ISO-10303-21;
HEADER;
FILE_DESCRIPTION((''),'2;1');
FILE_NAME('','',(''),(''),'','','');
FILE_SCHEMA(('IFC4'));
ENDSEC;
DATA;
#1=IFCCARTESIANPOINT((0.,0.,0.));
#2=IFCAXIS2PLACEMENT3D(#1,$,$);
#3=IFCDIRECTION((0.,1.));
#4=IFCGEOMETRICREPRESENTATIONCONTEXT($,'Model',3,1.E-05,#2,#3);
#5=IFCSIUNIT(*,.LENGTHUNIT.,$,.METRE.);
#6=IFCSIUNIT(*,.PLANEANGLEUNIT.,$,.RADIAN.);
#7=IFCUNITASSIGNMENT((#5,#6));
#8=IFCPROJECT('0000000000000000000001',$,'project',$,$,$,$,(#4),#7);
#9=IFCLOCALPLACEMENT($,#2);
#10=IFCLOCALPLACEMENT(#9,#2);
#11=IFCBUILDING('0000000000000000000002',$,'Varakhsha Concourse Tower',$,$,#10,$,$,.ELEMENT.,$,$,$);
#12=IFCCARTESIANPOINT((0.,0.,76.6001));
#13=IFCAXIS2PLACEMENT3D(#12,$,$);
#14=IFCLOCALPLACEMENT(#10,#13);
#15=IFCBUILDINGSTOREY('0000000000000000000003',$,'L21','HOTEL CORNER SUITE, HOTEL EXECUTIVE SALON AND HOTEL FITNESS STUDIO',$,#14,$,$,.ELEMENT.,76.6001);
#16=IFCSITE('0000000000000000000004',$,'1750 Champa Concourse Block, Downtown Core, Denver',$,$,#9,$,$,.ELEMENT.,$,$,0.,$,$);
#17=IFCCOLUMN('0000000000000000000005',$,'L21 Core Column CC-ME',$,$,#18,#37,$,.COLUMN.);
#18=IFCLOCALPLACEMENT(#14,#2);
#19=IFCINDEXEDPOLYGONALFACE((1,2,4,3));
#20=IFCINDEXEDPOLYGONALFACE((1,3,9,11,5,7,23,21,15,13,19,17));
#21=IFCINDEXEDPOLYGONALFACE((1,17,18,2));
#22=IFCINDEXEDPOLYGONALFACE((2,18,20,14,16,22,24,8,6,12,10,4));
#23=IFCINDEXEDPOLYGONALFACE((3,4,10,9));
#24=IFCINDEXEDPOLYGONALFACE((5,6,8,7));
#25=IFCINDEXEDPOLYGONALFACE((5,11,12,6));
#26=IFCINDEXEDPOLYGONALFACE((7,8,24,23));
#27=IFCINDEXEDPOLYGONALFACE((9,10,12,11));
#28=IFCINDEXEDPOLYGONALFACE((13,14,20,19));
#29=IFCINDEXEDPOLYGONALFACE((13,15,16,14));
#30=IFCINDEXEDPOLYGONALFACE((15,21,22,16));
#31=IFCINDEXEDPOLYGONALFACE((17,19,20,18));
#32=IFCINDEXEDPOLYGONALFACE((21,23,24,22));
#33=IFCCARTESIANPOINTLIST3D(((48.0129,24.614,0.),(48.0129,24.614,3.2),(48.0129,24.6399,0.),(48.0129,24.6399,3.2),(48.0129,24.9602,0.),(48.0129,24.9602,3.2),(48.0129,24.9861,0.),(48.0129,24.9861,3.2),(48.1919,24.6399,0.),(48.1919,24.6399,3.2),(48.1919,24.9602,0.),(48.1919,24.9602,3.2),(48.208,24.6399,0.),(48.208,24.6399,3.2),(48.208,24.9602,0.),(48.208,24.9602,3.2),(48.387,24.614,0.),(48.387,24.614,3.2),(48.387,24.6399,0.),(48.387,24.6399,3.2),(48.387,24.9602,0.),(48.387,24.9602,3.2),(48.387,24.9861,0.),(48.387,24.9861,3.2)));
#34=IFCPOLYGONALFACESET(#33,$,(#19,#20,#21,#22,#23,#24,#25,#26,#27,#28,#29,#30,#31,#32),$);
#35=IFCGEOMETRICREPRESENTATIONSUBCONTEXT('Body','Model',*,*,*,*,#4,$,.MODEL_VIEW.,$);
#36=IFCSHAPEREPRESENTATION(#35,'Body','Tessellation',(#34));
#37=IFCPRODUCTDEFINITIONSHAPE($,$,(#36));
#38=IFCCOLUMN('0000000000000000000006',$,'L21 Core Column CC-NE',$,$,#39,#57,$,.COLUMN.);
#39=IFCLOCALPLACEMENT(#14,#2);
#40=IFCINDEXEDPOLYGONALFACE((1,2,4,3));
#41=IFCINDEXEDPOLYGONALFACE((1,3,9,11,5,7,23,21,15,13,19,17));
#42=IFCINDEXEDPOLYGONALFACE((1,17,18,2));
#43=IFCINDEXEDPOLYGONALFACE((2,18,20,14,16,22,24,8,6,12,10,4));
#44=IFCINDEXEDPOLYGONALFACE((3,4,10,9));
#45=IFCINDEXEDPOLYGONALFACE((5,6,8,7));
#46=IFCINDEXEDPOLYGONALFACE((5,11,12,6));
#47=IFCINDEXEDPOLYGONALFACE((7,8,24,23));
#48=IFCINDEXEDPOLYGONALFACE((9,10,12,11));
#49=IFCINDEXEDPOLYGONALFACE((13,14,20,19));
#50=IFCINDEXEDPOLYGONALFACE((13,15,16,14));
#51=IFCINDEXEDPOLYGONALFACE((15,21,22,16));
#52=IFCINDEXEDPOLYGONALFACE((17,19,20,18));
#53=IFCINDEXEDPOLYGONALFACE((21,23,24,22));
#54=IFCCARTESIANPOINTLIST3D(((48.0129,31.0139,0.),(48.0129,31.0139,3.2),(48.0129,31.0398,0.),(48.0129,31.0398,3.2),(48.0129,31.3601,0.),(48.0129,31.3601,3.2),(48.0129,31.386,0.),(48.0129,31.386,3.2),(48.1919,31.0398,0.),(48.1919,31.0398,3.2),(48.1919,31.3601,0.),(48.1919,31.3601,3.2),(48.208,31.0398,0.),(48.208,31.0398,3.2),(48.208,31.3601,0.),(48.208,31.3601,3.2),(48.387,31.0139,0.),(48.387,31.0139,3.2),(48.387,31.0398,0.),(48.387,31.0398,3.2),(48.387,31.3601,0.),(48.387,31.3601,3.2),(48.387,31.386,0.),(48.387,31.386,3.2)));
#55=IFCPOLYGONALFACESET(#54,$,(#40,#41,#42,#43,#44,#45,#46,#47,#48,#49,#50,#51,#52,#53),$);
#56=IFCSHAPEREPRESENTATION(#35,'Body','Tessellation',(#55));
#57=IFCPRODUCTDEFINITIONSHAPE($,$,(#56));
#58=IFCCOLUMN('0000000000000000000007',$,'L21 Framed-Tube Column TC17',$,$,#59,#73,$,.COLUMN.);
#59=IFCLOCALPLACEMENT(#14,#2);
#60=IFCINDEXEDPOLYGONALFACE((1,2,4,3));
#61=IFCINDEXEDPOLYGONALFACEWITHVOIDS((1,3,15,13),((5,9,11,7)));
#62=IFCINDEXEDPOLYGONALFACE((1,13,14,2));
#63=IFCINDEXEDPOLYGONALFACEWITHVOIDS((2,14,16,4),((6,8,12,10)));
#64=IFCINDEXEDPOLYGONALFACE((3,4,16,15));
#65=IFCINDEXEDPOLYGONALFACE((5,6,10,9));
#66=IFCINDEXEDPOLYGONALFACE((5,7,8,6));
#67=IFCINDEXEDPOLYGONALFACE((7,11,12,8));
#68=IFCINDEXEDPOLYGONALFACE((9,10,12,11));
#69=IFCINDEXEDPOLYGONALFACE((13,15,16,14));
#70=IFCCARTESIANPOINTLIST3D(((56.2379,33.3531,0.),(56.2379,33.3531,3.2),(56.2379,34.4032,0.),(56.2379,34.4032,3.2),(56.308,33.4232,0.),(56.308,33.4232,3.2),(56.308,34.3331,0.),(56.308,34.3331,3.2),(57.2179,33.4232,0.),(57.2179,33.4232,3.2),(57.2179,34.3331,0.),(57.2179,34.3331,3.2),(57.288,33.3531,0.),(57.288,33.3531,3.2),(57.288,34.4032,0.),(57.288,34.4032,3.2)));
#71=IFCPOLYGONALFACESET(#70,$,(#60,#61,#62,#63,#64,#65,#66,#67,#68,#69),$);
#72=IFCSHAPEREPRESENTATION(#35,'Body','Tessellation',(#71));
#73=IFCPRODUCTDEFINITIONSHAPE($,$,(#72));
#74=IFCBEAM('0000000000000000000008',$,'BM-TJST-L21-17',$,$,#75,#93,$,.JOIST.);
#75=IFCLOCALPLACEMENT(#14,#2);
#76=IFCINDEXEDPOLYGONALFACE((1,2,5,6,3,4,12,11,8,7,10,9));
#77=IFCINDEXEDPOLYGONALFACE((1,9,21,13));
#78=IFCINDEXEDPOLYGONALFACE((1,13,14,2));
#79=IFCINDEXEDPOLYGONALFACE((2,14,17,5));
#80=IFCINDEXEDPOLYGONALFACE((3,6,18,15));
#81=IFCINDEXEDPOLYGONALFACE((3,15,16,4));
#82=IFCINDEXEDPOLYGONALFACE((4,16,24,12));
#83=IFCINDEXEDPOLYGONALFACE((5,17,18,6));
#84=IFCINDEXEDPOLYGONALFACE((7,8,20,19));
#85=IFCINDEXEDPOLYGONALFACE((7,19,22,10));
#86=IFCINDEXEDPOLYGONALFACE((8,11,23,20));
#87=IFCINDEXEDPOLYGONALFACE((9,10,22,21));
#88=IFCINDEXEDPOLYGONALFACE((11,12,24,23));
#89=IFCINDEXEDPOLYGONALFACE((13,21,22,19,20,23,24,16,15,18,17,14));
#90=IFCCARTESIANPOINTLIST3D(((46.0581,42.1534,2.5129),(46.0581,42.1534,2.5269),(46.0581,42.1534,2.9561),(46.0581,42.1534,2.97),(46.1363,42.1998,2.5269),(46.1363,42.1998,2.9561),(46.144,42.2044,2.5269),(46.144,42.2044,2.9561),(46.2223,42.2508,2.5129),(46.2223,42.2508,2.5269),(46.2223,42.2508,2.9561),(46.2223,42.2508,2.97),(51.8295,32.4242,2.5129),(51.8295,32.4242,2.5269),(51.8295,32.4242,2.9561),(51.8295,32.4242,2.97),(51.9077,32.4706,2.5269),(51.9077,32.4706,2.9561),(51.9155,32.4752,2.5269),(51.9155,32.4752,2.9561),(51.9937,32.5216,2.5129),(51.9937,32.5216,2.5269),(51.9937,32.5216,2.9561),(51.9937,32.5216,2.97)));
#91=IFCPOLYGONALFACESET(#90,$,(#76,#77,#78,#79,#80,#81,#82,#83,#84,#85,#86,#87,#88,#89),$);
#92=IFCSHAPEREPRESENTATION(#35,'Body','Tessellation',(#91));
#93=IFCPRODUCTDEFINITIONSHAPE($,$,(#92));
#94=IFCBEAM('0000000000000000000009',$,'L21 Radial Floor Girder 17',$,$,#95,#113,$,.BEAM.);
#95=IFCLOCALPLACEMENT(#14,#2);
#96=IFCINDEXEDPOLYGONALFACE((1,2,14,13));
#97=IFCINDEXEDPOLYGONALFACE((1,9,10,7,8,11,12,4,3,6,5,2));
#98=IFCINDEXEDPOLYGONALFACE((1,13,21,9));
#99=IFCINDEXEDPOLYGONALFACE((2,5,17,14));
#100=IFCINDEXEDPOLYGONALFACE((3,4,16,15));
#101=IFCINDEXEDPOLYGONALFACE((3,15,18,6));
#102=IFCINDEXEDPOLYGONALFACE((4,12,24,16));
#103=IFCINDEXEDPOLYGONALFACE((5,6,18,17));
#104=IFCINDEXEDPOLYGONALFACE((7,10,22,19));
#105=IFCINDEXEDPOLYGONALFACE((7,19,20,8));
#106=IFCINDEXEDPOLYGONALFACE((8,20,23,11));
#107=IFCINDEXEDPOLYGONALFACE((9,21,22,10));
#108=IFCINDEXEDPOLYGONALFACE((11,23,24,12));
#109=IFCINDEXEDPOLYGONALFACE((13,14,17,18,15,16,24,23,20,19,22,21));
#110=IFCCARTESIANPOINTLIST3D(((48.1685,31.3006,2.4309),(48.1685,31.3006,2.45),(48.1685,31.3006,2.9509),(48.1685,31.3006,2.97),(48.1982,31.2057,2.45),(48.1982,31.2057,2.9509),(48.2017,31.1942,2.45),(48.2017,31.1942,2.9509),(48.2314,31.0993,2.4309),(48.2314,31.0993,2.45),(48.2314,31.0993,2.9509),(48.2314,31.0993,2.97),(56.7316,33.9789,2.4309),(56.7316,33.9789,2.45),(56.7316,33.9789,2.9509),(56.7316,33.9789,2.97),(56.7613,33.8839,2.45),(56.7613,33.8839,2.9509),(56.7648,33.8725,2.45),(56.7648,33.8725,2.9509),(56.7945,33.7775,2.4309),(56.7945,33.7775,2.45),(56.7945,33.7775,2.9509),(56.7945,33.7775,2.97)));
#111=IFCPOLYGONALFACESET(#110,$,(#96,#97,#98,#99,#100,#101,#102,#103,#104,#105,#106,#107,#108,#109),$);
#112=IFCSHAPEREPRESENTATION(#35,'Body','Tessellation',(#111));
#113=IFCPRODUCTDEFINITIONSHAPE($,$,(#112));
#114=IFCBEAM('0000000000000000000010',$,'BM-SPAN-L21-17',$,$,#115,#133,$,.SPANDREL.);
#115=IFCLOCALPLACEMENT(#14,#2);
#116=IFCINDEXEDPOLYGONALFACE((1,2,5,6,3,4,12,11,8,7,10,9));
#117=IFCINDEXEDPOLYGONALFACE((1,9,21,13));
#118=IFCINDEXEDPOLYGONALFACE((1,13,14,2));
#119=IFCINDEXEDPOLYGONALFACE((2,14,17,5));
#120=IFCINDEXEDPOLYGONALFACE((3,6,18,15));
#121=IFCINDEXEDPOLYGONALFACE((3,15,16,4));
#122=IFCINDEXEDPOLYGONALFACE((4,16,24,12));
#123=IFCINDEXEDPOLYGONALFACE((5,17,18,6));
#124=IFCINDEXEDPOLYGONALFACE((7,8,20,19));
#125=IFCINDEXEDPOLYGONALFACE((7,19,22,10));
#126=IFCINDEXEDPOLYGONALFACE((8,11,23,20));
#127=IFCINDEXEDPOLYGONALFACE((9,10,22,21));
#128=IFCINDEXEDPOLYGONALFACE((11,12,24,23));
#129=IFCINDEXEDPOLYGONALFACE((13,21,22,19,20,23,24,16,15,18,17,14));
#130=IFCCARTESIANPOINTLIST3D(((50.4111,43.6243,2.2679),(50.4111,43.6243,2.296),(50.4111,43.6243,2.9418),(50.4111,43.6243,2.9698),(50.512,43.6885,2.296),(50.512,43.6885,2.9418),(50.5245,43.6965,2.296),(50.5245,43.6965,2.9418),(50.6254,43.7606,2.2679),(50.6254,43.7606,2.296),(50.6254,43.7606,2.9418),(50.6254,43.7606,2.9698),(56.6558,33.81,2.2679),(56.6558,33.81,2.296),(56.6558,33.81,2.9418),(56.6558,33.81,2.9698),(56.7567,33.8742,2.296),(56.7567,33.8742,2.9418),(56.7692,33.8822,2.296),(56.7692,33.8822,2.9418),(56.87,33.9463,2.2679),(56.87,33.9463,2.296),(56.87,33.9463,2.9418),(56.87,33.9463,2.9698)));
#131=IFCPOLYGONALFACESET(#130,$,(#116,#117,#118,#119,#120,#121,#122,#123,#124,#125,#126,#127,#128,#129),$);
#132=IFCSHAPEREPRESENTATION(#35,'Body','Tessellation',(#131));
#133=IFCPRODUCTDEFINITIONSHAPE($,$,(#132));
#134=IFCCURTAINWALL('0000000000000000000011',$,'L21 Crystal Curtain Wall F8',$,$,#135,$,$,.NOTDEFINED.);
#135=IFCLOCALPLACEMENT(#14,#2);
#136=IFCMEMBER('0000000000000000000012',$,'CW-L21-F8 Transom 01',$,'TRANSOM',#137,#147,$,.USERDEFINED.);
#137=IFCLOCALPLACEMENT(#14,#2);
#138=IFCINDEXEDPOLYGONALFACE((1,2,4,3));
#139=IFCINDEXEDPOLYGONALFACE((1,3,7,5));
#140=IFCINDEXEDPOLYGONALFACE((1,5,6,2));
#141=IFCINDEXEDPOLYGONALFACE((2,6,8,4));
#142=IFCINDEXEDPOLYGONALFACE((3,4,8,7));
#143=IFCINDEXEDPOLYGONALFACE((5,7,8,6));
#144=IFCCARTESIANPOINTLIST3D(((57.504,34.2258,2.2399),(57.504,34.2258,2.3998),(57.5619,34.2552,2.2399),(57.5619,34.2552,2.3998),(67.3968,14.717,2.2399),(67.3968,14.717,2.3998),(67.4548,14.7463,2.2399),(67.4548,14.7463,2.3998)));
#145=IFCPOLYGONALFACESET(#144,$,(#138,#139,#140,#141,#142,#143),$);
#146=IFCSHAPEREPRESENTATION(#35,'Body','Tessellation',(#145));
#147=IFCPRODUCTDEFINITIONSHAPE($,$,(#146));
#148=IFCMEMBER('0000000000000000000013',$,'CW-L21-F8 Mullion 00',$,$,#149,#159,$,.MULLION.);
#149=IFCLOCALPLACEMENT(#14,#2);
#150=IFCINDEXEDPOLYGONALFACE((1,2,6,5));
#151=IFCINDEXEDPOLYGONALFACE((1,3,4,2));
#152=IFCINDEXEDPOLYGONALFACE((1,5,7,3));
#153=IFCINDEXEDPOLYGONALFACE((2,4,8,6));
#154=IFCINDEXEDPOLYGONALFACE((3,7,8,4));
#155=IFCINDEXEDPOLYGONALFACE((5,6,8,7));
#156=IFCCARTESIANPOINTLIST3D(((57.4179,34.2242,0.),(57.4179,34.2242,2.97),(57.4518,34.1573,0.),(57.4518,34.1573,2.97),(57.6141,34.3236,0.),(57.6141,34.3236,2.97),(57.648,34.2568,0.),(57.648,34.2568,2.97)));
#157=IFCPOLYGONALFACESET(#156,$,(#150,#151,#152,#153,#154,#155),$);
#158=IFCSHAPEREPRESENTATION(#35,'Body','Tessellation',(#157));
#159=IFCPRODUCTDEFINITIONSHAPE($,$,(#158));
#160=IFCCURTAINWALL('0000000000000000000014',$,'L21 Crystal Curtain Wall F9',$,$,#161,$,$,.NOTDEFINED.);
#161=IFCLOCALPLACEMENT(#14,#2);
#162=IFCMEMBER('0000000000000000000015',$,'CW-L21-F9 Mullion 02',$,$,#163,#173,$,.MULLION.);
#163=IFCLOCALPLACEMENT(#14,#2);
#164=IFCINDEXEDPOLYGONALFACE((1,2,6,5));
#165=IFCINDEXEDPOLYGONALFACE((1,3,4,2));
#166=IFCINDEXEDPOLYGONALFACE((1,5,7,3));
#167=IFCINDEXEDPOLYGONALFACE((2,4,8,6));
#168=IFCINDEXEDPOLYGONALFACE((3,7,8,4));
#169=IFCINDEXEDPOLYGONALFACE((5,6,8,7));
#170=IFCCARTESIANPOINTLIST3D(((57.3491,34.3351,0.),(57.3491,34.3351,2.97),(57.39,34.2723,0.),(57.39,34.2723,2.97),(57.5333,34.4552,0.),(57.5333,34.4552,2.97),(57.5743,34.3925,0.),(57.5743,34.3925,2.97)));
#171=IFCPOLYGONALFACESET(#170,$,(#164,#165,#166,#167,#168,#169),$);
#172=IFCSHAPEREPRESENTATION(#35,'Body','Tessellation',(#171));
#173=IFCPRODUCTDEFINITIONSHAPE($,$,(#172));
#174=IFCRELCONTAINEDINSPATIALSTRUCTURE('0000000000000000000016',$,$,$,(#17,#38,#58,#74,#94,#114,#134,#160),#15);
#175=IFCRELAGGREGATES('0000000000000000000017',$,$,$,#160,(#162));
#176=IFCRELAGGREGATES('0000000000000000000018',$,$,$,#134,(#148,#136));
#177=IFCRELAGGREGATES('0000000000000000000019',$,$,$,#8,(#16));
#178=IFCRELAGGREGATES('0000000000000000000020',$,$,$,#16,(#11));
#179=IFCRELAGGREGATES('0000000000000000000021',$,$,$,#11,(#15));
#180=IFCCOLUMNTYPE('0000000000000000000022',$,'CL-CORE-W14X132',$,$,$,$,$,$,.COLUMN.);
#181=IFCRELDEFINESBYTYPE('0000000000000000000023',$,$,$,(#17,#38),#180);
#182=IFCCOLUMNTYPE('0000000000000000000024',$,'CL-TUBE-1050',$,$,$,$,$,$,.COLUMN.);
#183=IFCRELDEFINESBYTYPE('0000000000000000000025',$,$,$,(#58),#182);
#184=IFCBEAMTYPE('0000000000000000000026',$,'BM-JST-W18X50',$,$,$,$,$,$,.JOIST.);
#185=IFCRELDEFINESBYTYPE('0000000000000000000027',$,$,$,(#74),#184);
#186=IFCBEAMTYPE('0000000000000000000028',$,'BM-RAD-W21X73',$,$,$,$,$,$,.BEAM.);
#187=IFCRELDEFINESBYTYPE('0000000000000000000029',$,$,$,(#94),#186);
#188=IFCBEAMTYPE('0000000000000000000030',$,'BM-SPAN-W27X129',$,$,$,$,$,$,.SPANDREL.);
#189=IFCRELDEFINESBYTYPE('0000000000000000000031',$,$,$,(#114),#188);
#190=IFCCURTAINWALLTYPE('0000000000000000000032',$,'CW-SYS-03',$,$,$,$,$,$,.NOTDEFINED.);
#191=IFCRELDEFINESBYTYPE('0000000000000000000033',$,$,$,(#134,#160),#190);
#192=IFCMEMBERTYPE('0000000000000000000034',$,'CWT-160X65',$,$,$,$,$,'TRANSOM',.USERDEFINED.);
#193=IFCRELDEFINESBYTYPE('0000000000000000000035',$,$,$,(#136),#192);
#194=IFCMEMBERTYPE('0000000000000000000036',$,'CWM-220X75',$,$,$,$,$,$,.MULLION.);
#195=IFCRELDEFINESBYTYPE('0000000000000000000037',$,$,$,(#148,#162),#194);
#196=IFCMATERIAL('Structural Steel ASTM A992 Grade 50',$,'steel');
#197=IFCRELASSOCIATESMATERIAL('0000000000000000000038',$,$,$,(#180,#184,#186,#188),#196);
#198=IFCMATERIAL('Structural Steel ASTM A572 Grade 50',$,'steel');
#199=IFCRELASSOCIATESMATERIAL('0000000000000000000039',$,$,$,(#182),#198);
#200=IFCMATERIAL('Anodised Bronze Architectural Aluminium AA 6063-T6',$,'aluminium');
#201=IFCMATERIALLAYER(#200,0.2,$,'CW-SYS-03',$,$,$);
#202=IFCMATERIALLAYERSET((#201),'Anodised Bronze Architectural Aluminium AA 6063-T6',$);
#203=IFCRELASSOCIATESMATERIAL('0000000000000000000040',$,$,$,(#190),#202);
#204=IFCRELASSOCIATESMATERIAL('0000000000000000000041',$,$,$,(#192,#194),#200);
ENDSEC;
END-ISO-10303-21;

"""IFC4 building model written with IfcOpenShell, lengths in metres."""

from ifc_helpers import new_model, si_unit, direction, frame, origin, origin_2d, place, context, subcontext, project, spatial, rectangle, hollow_rectangle, i_section, extrude, source, transform, mapped, material, layer, layer_set, material_profile, profile_set, type_object, type_shapes, element, aggregate, save


model = new_model("IFC4")

# Units and contexts
model_context = context("Model", 3, precision=1e-05, world=origin(), true_north=direction((0.0, 1.0)))
body_context = subcontext(model_context, "Body", "Model", "MODEL_VIEW")
ifc_project = project(units=[si_unit("LENGTHUNIT", "METRE"), si_unit("PLANEANGLEUNIT", "RADIAN")], contexts=[model_context])

# Site, building, storey
site_placement = place(None, origin())
site = spatial("IfcSite", under=ifc_project, at=site_placement, Name="1750 Champa Concourse Block, Downtown Core, Denver", CompositionType="ELEMENT", RefElevation=0.0)
building_placement = place(site_placement, origin())
building = spatial("IfcBuilding", under=site, at=building_placement, Name="Varakhsha Concourse Tower", CompositionType="ELEMENT")
storey_placement = place(building_placement, frame((0.0, 0.0, 76.6001)))
storey = spatial("IfcBuildingStorey", under=building, at=storey_placement, Name="L21", Description="HOTEL CORNER SUITE, HOTEL EXECUTIVE SALON AND HOTEL FITNESS STUDIO", CompositionType="ELEMENT", Elevation=76.6001)

# Columns
ifc_material_1 = material(Name="Structural Steel ASTM A992 Grade 50", Category="steel")
ifc_material_profile_1 = material_profile(ifc_material_1, i_section(OverallWidth=0.374, OverallDepth=0.3721, WebThickness=0.0161, FlangeThickness=0.0259, at=origin_2d()), Name="W14X132")
ifc_profile_set_1 = profile_set([ifc_material_profile_1], Name="Structural Steel ASTM A992 Grade 50")
column_type_1 = type_object("IfcColumnType", Name="CL-CORE-W14X132", PredefinedType="COLUMN", material=ifc_profile_set_1)
for number, where, z_axis, x_axis, name in (
    (1, (48.2, 24.8, 0.0), (0.0, 0.0, 1.0), (1.0, 0.0, 0.0), "L21 Core Column CC-ME"),
    (2, (48.2, 31.2, 0.0), (0.0, 0.0, 1.0), (1.0, 0.0, 0.0), "L21 Core Column CC-NE"),
):
    element("IfcColumn", number, at=place(storey_placement, frame(where, z_axis=z_axis, x_axis=x_axis)), inside=storey, type_object=column_type_1, Name=name, PredefinedType="COLUMN", context=body_context, shape_type="SweptSolid", body=[
        extrude(i_section(OverallWidth=0.374, OverallDepth=0.3721, WebThickness=0.0161, FlangeThickness=0.0259, at=origin_2d()), origin(), (0.0, 0.0, 1.0), 3.2),
    ])
ifc_material_2 = material(Name="Structural Steel ASTM A572 Grade 50", Category="steel")
ifc_material_profile_2 = material_profile(ifc_material_2, hollow_rectangle(XDim=1.05, YDim=1.05, WallThickness=0.0701, at=origin_2d()), Name="BOX 1050x1050x70")
ifc_profile_set_2 = profile_set([ifc_material_profile_2], Name="Structural Steel ASTM A572 Grade 50")
column_type_2 = type_object("IfcColumnType", Name="CL-TUBE-1050", PredefinedType="COLUMN", material=ifc_profile_set_2)
column_placement = place(storey_placement, frame((56.7629, 33.8782, 0.0), z_axis=(0.0, 0.0, 1.0), x_axis=(1.0, 0.0, 0.0)))
element("IfcColumn", 3, at=column_placement, inside=storey, type_object=column_type_2, Name="L21 Framed-Tube Column TC17", PredefinedType="COLUMN", context=body_context, shape_type="SweptSolid", body=[
    extrude(hollow_rectangle(XDim=1.05, YDim=1.05, WallThickness=0.0701, at=origin_2d()), origin(), (0.0, 0.0, 1.0), 3.2),
])

# Beams
ifc_material_profile_3 = material_profile(ifc_material_1, i_section(OverallWidth=0.1909, OverallDepth=0.457, WebThickness=0.009, FlangeThickness=0.0139, at=origin_2d()), Name="W18X50")
ifc_profile_set_3 = profile_set([ifc_material_profile_3], Name="Structural Steel ASTM A992 Grade 50")
beam_type_1 = type_object("IfcBeamType", Name="BM-JST-W18X50", PredefinedType="JOIST", material=ifc_profile_set_3)
beam_1_placement = place(storey_placement, frame((51.9116, 32.4729, 2.7415), z_axis=(-0.510195, 0.860059, 0.0), x_axis=(-0.860059, -0.510195, 0.0)))
element("IfcBeam", 4, at=beam_1_placement, inside=storey, type_object=beam_type_1, Name="BM-TJST-L21-17", PredefinedType="JOIST", context=body_context, shape_type="SweptSolid", body=[
    extrude(i_section(OverallWidth=0.1909, OverallDepth=0.457, WebThickness=0.009, FlangeThickness=0.0139, at=origin_2d()), origin(), (0.0, 0.0, 1.0), 11.3123),
])
ifc_material_profile_4 = material_profile(ifc_material_1, i_section(OverallWidth=0.2109, OverallDepth=0.5391, WebThickness=0.012, FlangeThickness=0.019, at=origin_2d()), Name="W21X73")
ifc_profile_set_4 = profile_set([ifc_material_profile_4], Name="Structural Steel ASTM A992 Grade 50")
beam_type_2 = type_object("IfcBeamType", Name="BM-RAD-W21X73", PredefinedType="BEAM", material=ifc_profile_set_4)
beam_2_placement = place(storey_placement, frame((48.2, 31.2, 2.7004), z_axis=(0.954407, 0.298507, 0.0), x_axis=(-0.298507, 0.954407, 0.0)))
element("IfcBeam", 5, at=beam_2_placement, inside=storey, type_object=beam_type_2, Name="L21 Radial Floor Girder 17", PredefinedType="BEAM", context=body_context, shape_type="SweptSolid", body=[
    extrude(i_section(OverallWidth=0.2109, OverallDepth=0.5391, WebThickness=0.012, FlangeThickness=0.019, at=origin_2d()), origin(), (0.0, 0.0, 1.0), 8.9722),
])
ifc_material_profile_5 = material_profile(ifc_material_1, i_section(OverallWidth=0.2539, OverallDepth=0.7019, WebThickness=0.0149, FlangeThickness=0.0281, at=origin_2d()), Name="W27X129")
ifc_profile_set_5 = profile_set([ifc_material_profile_5], Name="Structural Steel ASTM A992 Grade 50")
beam_type_3 = type_object("IfcBeamType", Name="BM-SPAN-W27X129", PredefinedType="SPANDREL", material=ifc_profile_set_5)
beam_3_placement = place(storey_placement, frame((56.7629, 33.8782, 2.6189), z_axis=(-0.536828, 0.843692, 0.0), x_axis=(-0.843692, -0.536828, 0.0)))
element("IfcBeam", 6, at=beam_3_placement, inside=storey, type_object=beam_type_3, Name="BM-SPAN-L21-17", PredefinedType="SPANDREL", context=body_context, shape_type="SweptSolid", body=[
    extrude(i_section(OverallWidth=0.2539, OverallDepth=0.7019, WebThickness=0.0149, FlangeThickness=0.0281, at=origin_2d()), origin(), (0.0, 0.0, 1.0), 11.6326),
])

# Curtain wall, members
ifc_material_3 = material(Name="Anodised Bronze Architectural Aluminium AA 6063-T6", Category="aluminium")
ifc_layer_1 = layer(ifc_material_3, 0.2, Name="CW-SYS-03")
ifc_layer_set_1 = layer_set([ifc_layer_1], Name="Anodised Bronze Architectural Aluminium AA 6063-T6")
curtain_wall_type = type_object("IfcCurtainWallType", Name="CW-SYS-03", PredefinedType="NOTDEFINED", material=ifc_layer_set_1)
curtain_wall_1_placement = place(storey_placement, origin())
curtain_wall_1 = element("IfcCurtainWall", 7, at=curtain_wall_1_placement, inside=storey, type_object=curtain_wall_type, Name="L21 Crystal Curtain Wall F8", PredefinedType="NOTDEFINED")
ifc_material_profile_6 = material_profile(ifc_material_3, rectangle(XDim=0.0649, YDim=0.1599, at=origin_2d()), Name="CWT-160X65")
ifc_profile_set_6 = profile_set([ifc_material_profile_6], Name="Anodised Bronze Architectural Aluminium AA 6063-T6")
member_type_1 = type_object("IfcMemberType", Name="CWT-160X65", ElementType="TRANSOM", PredefinedType="USERDEFINED", material=ifc_profile_set_6)
shared_shape_1 = source(origin(), body_context, "Body", "SweptSolid", [
    extrude(rectangle(XDim=0.0649, YDim=0.1599, at=origin_2d()), origin(), (0.0, 0.0, 1.0), 21.8738),
])
type_shapes(member_type_1, [shared_shape_1])
member_1_placement = place(storey_placement, frame((57.533, 34.2405, 2.3198), z_axis=(0.452269, -0.891881, 0.0), x_axis=(0.891881, 0.452269, 0.0)))
member_1 = element("IfcMember", 8, at=member_1_placement, type_object=member_type_1, Name="CW-L21-F8 Transom 01", ObjectType="TRANSOM", PredefinedType="USERDEFINED", context=body_context, shape_type="MappedRepresentation", body=[
    mapped(shared_shape_1, transform((0.0, 0.0, 0.0), scale=1.0)),
])
ifc_material_profile_7 = material_profile(ifc_material_3, rectangle(XDim=0.075, YDim=0.22, at=origin_2d()), Name="CWM-220X75")
ifc_profile_set_7 = profile_set([ifc_material_profile_7], Name="Anodised Bronze Architectural Aluminium AA 6063-T6")
member_type_2 = type_object("IfcMemberType", Name="CWM-220X75", PredefinedType="MULLION", material=ifc_profile_set_7)
shared_shape_2 = source(origin(), body_context, "Body", "SweptSolid", [
    extrude(rectangle(XDim=0.075, YDim=0.22, at=origin_2d()), origin(), (0.0, 0.0, 1.0), 2.97),
])
type_shapes(member_type_2, [shared_shape_2])
member_2_placement = place(storey_placement, frame((57.533, 34.2405, 0.0), z_axis=(0.0, 0.0, 1.0), x_axis=(0.452274, -0.891879, 0.0)))
member_2 = element("IfcMember", 9, at=member_2_placement, type_object=member_type_2, Name="CW-L21-F8 Mullion 00", PredefinedType="MULLION", context=body_context, shape_type="MappedRepresentation", body=[
    mapped(shared_shape_2, transform((0.0, 0.0, 0.0), scale=1.0)),
])

# Curtain wall, member
curtain_wall_2_placement = place(storey_placement, origin())
curtain_wall_2 = element("IfcCurtainWall", 10, at=curtain_wall_2_placement, inside=storey, type_object=curtain_wall_type, Name="L21 Crystal Curtain Wall F9", PredefinedType="NOTDEFINED")
member_3_placement = place(storey_placement, frame((57.4617, 34.3638, 0.0), z_axis=(0.0, 0.0, 1.0), x_axis=(0.54625, -0.837622, 0.0)))
member_3 = element("IfcMember", 11, at=member_3_placement, type_object=member_type_2, Name="CW-L21-F9 Mullion 02", PredefinedType="MULLION", context=body_context, shape_type="MappedRepresentation", body=[
    mapped(shared_shape_2, transform((0.0, 0.0, 0.0), scale=1.0)),
])
aggregate(curtain_wall_2, [member_3])

aggregate(curtain_wall_1, [member_2, member_1])

save(model, "model.ifc")
